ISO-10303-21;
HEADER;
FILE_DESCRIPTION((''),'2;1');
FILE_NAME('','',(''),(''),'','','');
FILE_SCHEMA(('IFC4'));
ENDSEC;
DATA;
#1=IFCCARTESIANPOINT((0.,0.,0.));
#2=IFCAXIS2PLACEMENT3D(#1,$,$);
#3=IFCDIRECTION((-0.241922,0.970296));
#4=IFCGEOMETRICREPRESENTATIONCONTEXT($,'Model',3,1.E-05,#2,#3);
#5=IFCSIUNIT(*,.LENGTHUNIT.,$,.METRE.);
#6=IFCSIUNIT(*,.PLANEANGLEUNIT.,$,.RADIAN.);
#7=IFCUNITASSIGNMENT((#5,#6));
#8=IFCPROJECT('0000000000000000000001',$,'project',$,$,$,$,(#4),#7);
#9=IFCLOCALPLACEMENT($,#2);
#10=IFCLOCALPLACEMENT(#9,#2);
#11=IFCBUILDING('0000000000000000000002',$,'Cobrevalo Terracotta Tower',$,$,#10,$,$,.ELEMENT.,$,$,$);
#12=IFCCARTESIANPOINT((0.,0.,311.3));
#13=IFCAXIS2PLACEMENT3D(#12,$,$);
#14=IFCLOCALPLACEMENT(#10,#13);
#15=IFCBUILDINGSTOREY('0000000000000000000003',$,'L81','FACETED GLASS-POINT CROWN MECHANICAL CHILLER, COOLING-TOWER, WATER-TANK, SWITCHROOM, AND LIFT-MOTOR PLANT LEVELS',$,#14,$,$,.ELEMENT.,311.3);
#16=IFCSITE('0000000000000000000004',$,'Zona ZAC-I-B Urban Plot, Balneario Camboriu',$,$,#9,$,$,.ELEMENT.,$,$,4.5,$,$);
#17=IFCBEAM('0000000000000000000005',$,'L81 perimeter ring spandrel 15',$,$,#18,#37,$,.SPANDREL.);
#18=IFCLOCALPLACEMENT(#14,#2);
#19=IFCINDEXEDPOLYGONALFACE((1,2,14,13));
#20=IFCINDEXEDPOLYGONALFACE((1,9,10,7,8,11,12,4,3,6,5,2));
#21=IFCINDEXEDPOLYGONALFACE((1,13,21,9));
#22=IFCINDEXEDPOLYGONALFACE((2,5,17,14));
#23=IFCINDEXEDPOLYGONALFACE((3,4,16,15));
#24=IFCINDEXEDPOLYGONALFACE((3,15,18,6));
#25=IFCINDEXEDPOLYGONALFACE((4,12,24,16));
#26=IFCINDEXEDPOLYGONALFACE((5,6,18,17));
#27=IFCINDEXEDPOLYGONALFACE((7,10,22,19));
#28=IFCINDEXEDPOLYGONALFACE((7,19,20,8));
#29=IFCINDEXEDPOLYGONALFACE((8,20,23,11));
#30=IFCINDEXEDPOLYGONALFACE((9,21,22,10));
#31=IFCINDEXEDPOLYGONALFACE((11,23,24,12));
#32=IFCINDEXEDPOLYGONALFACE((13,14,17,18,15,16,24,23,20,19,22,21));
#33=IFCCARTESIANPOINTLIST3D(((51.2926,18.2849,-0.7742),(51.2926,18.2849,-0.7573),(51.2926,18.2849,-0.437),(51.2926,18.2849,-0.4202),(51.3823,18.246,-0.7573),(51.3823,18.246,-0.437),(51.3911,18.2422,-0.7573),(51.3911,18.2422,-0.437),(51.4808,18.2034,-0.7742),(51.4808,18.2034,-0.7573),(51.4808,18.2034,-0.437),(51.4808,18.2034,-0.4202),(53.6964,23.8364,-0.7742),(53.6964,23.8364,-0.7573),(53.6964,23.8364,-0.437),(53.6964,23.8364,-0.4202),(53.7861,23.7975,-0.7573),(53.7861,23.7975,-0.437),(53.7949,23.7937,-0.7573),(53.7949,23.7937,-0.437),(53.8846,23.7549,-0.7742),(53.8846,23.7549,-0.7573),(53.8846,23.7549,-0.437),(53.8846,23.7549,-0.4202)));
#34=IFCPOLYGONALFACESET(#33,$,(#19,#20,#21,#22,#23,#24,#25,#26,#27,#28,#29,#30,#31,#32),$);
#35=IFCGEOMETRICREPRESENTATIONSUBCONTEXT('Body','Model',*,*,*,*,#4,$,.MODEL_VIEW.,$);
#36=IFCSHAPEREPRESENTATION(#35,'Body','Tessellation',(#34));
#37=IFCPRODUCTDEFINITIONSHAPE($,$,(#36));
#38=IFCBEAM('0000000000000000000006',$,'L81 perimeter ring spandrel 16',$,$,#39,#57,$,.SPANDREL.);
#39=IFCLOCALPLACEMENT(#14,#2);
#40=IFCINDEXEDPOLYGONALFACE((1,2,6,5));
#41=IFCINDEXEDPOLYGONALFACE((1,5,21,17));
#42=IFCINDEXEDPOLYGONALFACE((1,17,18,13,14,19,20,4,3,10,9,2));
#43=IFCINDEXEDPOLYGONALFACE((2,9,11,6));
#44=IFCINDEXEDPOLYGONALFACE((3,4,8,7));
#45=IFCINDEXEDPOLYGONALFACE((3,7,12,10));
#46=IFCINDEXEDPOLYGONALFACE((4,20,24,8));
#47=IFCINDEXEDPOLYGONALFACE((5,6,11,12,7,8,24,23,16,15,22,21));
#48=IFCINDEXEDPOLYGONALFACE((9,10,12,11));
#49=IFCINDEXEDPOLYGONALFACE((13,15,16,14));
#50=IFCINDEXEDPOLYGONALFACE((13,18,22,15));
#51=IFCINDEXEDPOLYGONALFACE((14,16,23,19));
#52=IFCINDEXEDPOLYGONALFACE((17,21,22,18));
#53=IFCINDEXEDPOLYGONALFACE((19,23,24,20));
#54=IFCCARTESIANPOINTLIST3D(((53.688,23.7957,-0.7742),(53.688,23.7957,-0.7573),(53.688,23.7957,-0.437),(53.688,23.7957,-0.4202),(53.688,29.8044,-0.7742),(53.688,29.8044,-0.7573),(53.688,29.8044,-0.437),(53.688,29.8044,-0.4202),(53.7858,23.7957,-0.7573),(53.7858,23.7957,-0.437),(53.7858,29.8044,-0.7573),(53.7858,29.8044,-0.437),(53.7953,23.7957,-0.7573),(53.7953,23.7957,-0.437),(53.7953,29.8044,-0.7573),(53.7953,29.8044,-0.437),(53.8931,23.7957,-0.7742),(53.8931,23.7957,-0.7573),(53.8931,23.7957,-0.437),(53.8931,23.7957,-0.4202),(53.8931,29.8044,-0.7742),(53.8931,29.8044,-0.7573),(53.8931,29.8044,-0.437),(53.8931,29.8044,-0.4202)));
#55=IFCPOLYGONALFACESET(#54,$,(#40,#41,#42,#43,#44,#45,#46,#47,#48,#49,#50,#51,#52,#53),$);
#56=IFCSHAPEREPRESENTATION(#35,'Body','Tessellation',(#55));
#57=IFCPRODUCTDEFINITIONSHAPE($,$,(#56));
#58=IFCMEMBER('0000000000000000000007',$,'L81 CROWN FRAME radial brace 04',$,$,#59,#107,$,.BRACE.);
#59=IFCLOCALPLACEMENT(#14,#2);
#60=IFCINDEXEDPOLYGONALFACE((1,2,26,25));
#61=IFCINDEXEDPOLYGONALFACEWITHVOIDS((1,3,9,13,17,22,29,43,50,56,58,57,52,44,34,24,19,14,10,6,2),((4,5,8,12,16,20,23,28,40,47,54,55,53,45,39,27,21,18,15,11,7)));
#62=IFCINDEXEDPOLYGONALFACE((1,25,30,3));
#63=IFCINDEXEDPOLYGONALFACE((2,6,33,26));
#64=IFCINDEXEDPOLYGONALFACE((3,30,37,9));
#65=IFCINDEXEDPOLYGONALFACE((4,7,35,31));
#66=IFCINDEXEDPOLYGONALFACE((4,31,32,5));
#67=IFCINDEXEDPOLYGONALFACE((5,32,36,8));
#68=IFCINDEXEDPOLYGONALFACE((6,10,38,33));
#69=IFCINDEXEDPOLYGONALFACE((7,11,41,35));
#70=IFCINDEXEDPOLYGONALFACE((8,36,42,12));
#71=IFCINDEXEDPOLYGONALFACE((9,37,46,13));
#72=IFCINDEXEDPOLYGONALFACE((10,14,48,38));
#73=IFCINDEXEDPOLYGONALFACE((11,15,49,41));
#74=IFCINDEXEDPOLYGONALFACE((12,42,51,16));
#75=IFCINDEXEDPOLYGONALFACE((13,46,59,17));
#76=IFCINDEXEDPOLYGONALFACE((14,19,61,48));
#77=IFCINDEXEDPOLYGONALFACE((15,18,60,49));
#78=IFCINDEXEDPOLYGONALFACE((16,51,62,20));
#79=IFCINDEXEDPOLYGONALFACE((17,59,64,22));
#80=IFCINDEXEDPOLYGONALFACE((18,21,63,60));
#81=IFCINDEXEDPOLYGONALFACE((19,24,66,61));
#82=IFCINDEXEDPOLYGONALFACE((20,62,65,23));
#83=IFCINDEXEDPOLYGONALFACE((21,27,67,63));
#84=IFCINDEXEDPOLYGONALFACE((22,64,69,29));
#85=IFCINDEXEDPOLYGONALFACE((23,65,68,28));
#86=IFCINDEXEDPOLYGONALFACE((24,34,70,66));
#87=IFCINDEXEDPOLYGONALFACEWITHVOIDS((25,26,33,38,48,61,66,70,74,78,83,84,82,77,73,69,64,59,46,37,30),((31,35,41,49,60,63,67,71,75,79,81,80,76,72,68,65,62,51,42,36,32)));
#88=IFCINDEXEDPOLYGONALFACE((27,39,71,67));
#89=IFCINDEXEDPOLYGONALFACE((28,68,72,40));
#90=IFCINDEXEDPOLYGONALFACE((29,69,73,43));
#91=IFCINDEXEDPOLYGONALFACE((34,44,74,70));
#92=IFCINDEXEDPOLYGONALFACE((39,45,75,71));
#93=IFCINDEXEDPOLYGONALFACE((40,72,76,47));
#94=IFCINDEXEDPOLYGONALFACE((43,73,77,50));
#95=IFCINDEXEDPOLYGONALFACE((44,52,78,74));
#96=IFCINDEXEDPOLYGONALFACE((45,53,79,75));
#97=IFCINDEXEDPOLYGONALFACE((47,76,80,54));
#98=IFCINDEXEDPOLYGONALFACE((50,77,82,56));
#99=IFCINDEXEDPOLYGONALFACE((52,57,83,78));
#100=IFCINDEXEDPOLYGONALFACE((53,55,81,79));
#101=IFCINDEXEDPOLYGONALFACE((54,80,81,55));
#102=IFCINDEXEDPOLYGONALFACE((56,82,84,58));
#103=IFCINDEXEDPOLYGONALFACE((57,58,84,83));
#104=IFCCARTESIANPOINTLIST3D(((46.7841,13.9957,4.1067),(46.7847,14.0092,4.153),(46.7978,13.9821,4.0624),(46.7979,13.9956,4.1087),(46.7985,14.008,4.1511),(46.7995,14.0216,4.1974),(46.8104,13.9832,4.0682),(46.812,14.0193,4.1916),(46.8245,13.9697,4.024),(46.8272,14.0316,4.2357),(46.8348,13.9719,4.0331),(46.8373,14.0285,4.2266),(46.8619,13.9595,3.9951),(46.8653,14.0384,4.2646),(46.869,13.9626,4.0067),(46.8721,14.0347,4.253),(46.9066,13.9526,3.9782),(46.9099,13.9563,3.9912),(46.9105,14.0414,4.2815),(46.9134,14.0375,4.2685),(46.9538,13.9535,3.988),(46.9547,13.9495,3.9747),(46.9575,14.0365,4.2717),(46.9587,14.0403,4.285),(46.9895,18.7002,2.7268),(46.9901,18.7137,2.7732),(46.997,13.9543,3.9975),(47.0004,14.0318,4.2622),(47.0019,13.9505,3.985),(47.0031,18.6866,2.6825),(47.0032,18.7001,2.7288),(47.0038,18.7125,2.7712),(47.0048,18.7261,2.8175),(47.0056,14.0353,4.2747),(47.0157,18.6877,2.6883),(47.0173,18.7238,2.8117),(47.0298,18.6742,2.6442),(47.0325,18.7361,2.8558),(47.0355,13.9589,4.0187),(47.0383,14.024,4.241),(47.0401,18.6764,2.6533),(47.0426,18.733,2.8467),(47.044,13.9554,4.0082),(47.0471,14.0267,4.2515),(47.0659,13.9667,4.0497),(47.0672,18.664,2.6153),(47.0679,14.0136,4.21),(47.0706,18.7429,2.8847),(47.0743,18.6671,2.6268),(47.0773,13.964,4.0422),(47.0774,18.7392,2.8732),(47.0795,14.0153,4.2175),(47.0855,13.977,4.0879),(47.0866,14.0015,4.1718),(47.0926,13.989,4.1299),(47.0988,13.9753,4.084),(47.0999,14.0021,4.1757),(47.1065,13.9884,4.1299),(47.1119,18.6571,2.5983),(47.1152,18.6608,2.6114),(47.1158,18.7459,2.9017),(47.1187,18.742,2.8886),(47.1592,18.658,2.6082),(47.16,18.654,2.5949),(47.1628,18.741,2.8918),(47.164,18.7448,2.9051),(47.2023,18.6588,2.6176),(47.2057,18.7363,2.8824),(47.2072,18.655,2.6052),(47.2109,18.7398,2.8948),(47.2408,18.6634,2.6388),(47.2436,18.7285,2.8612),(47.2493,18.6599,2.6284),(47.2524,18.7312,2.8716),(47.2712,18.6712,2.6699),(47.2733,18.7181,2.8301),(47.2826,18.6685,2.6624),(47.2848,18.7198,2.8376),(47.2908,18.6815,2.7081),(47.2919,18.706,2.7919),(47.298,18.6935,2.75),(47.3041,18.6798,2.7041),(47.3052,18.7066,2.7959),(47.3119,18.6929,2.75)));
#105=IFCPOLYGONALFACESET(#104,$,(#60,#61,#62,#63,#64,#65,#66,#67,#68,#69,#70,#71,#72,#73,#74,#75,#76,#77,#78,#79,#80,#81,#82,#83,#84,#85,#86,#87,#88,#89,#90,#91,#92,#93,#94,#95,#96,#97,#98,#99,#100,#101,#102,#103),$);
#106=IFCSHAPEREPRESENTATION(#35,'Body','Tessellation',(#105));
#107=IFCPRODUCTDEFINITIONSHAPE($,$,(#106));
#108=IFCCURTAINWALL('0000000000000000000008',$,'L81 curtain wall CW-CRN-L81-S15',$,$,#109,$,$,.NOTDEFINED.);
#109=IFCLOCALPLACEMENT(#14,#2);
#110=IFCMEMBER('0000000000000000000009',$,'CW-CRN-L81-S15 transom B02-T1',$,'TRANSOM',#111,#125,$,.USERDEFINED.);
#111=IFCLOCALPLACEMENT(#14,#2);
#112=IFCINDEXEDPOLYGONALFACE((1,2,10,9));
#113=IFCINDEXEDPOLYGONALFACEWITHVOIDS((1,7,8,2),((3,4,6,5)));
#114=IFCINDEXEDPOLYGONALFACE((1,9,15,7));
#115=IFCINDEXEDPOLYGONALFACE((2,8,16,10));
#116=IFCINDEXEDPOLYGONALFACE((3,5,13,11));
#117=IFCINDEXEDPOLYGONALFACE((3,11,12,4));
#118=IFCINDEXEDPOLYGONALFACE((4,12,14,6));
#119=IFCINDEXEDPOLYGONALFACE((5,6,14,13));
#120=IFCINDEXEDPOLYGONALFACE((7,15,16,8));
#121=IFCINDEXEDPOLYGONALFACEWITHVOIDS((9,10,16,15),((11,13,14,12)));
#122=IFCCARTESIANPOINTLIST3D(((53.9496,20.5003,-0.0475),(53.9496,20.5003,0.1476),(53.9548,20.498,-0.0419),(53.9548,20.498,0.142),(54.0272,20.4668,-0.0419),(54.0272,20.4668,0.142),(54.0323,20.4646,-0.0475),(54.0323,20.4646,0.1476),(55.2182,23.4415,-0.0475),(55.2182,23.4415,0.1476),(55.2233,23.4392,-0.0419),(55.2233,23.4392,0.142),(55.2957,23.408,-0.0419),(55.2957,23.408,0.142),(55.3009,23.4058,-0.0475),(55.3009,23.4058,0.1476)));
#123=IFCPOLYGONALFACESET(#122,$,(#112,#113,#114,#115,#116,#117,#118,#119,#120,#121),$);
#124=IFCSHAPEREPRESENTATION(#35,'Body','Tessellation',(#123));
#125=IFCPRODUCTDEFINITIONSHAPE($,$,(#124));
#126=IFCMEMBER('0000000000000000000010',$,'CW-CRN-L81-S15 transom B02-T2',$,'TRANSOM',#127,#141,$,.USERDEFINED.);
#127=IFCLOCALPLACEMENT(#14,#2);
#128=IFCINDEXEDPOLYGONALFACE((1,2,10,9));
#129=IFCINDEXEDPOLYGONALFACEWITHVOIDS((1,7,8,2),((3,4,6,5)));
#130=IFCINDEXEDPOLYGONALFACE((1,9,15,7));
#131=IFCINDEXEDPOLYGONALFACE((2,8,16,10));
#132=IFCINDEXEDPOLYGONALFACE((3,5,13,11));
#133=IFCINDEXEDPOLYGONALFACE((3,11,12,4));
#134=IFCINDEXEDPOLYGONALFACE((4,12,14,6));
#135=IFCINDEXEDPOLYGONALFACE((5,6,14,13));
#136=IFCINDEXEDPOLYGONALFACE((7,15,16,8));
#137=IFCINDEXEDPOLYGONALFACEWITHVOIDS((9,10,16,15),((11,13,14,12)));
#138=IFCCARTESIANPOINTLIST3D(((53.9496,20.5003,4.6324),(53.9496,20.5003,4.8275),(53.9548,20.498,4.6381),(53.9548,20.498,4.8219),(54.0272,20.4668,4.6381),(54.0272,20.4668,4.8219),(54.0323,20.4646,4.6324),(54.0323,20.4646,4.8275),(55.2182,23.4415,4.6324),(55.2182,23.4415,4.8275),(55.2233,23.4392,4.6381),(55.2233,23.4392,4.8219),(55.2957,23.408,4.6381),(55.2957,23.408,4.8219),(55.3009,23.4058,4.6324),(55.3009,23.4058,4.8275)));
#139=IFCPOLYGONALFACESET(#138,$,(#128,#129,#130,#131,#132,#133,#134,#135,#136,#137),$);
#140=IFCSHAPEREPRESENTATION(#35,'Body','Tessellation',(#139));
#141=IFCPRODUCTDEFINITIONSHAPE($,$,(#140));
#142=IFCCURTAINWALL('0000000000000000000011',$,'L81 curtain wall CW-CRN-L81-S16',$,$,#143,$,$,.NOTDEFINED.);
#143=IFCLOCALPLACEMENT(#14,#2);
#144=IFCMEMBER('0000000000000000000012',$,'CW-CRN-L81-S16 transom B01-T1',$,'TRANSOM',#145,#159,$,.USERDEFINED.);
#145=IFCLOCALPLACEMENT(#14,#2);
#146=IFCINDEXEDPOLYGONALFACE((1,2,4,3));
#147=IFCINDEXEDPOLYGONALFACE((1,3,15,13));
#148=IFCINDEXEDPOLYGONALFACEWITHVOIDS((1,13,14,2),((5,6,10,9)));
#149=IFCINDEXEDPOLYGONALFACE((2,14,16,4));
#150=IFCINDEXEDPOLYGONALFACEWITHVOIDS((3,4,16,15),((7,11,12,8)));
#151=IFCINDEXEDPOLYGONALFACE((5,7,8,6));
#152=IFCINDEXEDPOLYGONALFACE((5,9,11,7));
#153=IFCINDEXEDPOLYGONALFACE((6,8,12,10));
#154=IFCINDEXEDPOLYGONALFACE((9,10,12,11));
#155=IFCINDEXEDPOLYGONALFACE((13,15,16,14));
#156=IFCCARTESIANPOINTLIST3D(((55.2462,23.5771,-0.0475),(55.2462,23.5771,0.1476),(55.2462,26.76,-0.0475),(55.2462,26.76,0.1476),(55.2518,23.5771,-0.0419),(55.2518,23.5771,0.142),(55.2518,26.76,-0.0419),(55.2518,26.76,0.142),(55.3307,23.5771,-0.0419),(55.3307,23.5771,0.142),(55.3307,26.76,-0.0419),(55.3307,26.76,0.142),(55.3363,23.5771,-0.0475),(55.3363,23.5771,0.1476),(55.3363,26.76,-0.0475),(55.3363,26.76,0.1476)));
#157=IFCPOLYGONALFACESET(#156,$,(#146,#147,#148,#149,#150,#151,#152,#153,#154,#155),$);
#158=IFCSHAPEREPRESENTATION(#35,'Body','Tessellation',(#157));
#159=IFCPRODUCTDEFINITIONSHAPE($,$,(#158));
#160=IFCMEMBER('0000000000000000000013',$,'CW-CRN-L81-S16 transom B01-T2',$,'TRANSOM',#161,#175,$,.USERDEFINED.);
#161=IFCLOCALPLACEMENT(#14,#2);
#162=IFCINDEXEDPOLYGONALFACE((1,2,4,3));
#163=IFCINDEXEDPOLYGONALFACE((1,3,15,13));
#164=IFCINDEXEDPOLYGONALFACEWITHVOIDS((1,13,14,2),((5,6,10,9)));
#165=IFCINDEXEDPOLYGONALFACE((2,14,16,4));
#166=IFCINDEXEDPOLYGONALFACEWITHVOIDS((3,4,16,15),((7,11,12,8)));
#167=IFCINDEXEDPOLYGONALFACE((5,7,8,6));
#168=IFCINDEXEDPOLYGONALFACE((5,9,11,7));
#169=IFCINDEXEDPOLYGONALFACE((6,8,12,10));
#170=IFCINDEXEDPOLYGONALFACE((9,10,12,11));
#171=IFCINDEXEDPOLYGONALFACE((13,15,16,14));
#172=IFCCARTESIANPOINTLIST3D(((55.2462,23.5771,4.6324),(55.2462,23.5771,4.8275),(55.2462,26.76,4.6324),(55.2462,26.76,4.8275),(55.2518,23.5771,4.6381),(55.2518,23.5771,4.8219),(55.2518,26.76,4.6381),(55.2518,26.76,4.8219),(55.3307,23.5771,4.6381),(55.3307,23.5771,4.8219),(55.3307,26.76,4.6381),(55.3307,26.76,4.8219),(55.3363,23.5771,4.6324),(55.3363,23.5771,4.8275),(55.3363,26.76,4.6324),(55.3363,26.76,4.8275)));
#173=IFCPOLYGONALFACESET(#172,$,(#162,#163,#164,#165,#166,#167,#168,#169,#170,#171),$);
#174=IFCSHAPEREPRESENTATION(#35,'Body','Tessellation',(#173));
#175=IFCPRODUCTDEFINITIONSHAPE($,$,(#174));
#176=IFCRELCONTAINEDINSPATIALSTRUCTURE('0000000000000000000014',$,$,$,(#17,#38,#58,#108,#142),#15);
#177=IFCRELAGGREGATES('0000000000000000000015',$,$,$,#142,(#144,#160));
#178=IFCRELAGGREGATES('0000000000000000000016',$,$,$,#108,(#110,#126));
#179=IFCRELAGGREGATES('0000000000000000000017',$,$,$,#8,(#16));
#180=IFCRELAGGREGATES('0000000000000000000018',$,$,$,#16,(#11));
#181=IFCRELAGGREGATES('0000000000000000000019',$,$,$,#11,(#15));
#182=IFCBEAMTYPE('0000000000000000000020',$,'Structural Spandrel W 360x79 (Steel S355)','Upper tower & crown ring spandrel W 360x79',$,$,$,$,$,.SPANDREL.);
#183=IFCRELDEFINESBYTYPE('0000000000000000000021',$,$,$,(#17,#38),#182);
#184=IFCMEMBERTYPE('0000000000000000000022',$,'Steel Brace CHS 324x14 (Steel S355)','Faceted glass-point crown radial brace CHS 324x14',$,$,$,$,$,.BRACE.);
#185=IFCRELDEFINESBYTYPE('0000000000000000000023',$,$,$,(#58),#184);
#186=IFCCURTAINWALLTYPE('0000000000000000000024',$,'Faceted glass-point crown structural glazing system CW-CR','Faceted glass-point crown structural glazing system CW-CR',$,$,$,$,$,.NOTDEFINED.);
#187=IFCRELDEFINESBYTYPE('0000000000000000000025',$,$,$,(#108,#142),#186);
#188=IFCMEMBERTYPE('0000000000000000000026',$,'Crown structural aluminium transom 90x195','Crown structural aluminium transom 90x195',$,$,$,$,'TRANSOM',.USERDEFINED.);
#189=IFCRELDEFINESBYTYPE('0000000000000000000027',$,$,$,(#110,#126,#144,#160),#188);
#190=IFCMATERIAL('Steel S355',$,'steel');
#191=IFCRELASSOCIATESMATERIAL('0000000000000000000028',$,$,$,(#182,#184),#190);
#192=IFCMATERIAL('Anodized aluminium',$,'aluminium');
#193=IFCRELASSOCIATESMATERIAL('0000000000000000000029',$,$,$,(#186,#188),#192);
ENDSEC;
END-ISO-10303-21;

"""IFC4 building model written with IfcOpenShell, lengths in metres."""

from ifc_helpers import new_model, si_unit, direction, frame, origin, origin_2d, place, context, subcontext, project, spatial, hollow_rectangle, hollow_circle, i_section, extrude, source, transform, mapped, material, material_profile, profile_set, type_object, element, aggregate, save


model = new_model("IFC4")

# Units and contexts
model_context = context("Model", 3, precision=1e-05, world=origin(), true_north=direction((-0.241922, 0.970296)))
body_context = subcontext(model_context, "Body", "Model", "MODEL_VIEW")
ifc_project = project(units=[si_unit("LENGTHUNIT", "METRE"), si_unit("PLANEANGLEUNIT", "RADIAN")], contexts=[model_context])

# Site, building, storey
site_placement = place(None, origin())
site = spatial("IfcSite", under=ifc_project, at=site_placement, Name="Zona ZAC-I-B Urban Plot, Balneario Camboriu", CompositionType="ELEMENT", RefElevation=4.5)
building_placement = place(site_placement, origin())
building = spatial("IfcBuilding", under=site, at=building_placement, Name="Cobrevalo Terracotta Tower", CompositionType="ELEMENT")
storey_placement = place(building_placement, frame((0.0, 0.0, 311.3)))
storey = spatial("IfcBuildingStorey", under=building, at=storey_placement, Name="L81", Description="FACETED GLASS-POINT CROWN MECHANICAL CHILLER, COOLING-TOWER, WATER-TANK, SWITCHROOM, AND LIFT-MOTOR PLANT LEVELS", CompositionType="ELEMENT", Elevation=311.3)

# Shared definitions
ifc_material_1 = material(Name="Steel S355", Category="steel")

# Beams
ifc_material_profile_1 = material_profile(ifc_material_1, i_section(OverallWidth=0.2051, OverallDepth=0.354, WebThickness=0.0095, FlangeThickness=0.0168, at=origin_2d()), Name="W 360x79")
ifc_profile_set_1 = profile_set([ifc_material_profile_1], Name="Steel S355")
beam_type_1 = type_object("IfcBeamType", Name="Structural Spandrel W 360x79 (Steel S355)", Description="Upper tower & crown ring spandrel W 360x79", PredefinedType="SPANDREL", material=ifc_profile_set_1)
beam_1_placement = place(storey_placement, frame((51.3867, 18.2441, -0.5972), z_axis=(0.39735, 0.917667, 0.0), x_axis=(-0.917667, 0.39735, 0.0)))
element("IfcBeam", 1, at=beam_1_placement, inside=storey, type_object=beam_type_1, Name="L81 perimeter ring spandrel 15", PredefinedType="SPANDREL", context=body_context, shape_type="SweptSolid", body=[
    extrude(i_section(OverallWidth=0.2051, OverallDepth=0.354, WebThickness=0.0095, FlangeThickness=0.0168, at=origin_2d()), origin(), (0.0, 0.0, 1.0), 6.0496),
])
beam_2_placement = place(storey_placement, frame((53.7905, 23.7957, -0.5972), z_axis=(0.0, 1.0, 0.0), x_axis=(-1.0, 0.0, 0.0)))
element("IfcBeam", 2, at=beam_2_placement, inside=storey, type_object=beam_type_1, Name="L81 perimeter ring spandrel 16", PredefinedType="SPANDREL", context=body_context, shape_type="SweptSolid", body=[
    extrude(i_section(OverallWidth=0.2051, OverallDepth=0.354, WebThickness=0.0095, FlangeThickness=0.0168, at=origin_2d()), origin(), (0.0, 0.0, 1.0), 6.0088),
])

# Member
ifc_material_profile_2 = material_profile(ifc_material_1, hollow_circle(Radius=0.1621, WallThickness=0.0139, at=origin_2d()), Name="CHS 324x14")
ifc_profile_set_2 = profile_set([ifc_material_profile_2], Name="Steel S355")
member_type_1 = type_object("IfcMemberType", Name="Steel Brace CHS 324x14 (Steel S355)", Description="Faceted glass-point crown radial brace CHS 324x14", PredefinedType="BRACE", material=ifc_profile_set_2)
shared_shape_1 = source(origin(), body_context, "Body", "SweptSolid", [
    extrude(hollow_circle(Radius=0.1621, WallThickness=0.0139, at=origin_2d()), origin(), (0.0, 0.0, 1.0), 4.907),
])
member_1_placement = place(storey_placement, frame((47.1499, 18.7, 2.75), z_axis=(-0.041842, -0.958736, 0.281203), x_axis=(0.999049, -0.043601, 0.0)))
element("IfcMember", 3, at=member_1_placement, inside=storey, type_object=member_type_1, Name="L81 CROWN FRAME radial brace 04", PredefinedType="BRACE", context=body_context, shape_type="MappedRepresentation", body=[
    mapped(shared_shape_1, transform((0.0, 0.0, 0.0), scale=1.0)),
])

# Curtain walls, members
ifc_material_2 = material(Name="Anodized aluminium", Category="aluminium")
curtain_wall_type = type_object("IfcCurtainWallType", Name="Faceted glass-point crown structural glazing system CW-CR", Description="Faceted glass-point crown structural glazing system CW-CR", PredefinedType="NOTDEFINED", material=ifc_material_2)
curtain_wall_1_placement = place(storey_placement, origin())
curtain_wall_1 = element("IfcCurtainWall", 4, at=curtain_wall_1_placement, inside=storey, type_object=curtain_wall_type, Name="L81 curtain wall CW-CRN-L81-S15", PredefinedType="NOTDEFINED")
ifc_material_profile_3 = material_profile(ifc_material_2, hollow_rectangle(XDim=0.0901, YDim=0.1951, WallThickness=0.0056, at=origin_2d()), Name="CWT 90x195")
ifc_profile_set_3 = profile_set([ifc_material_profile_3], Name="Anodized aluminium")
member_type_2 = type_object("IfcMemberType", Name="Crown structural aluminium transom 90x195", Description="Crown structural aluminium transom 90x195", ElementType="TRANSOM", PredefinedType="USERDEFINED", material=ifc_profile_set_3)
shared_shape_2 = source(origin(), body_context, "Body", "SweptSolid", [
    extrude(hollow_rectangle(XDim=0.0901, YDim=0.1951, WallThickness=0.0056, at=origin_2d()), origin(), (0.0, 0.0, 1.0), 3.2031),
])
member_2_placement = place(storey_placement, frame((53.991, 20.4824, 0.05), z_axis=(0.396043, 0.918232, 0.0), x_axis=(-0.918232, 0.396043, 0.0)))
member_2 = element("IfcMember", 5, at=member_2_placement, type_object=member_type_2, Name="CW-CRN-L81-S15 transom B02-T1", ObjectType="TRANSOM", PredefinedType="USERDEFINED", context=body_context, shape_type="MappedRepresentation", body=[
    mapped(shared_shape_2, transform((0.0, 0.0, 0.0), scale=1.0)),
])
member_3_placement = place(storey_placement, frame((53.991, 20.4824, 4.73), z_axis=(0.396043, 0.918232, 0.0), x_axis=(-0.918232, 0.396043, 0.0)))
member_3 = element("IfcMember", 6, at=member_3_placement, type_object=member_type_2, Name="CW-CRN-L81-S15 transom B02-T2", ObjectType="TRANSOM", PredefinedType="USERDEFINED", context=body_context, shape_type="MappedRepresentation", body=[
    mapped(shared_shape_2, transform((0.0, 0.0, 0.0), scale=1.0)),
])
curtain_wall_2_placement = place(storey_placement, origin())
curtain_wall_2 = element("IfcCurtainWall", 7, at=curtain_wall_2_placement, inside=storey, type_object=curtain_wall_type, Name="L81 curtain wall CW-CRN-L81-S16", PredefinedType="NOTDEFINED")
shared_shape_3 = source(origin(), body_context, "Body", "SweptSolid", [
    extrude(hollow_rectangle(XDim=0.0901, YDim=0.1951, WallThickness=0.0056, at=origin_2d()), origin(), (0.0, 0.0, 1.0), 3.1829),
])
member_4_placement = place(storey_placement, frame((55.2913, 23.5771, 0.05), z_axis=(0.0, 1.0, 0.0), x_axis=(-1.0, 0.0, 0.0)))
member_4 = element("IfcMember", 8, at=member_4_placement, type_object=member_type_2, Name="CW-CRN-L81-S16 transom B01-T1", ObjectType="TRANSOM", PredefinedType="USERDEFINED", context=body_context, shape_type="MappedRepresentation", body=[
    mapped(shared_shape_3, transform((0.0, 0.0, 0.0), scale=1.0)),
])
member_5_placement = place(storey_placement, frame((55.2913, 23.5771, 4.73), z_axis=(0.0, 1.0, 0.0), x_axis=(-1.0, 0.0, 0.0)))
member_5 = element("IfcMember", 9, at=member_5_placement, type_object=member_type_2, Name="CW-CRN-L81-S16 transom B01-T2", ObjectType="TRANSOM", PredefinedType="USERDEFINED", context=body_context, shape_type="MappedRepresentation", body=[
    mapped(shared_shape_3, transform((0.0, 0.0, 0.0), scale=1.0)),
])

aggregate(curtain_wall_2, [member_4, member_5])

aggregate(curtain_wall_1, [member_2, member_3])

save(model, "model.ifc")
